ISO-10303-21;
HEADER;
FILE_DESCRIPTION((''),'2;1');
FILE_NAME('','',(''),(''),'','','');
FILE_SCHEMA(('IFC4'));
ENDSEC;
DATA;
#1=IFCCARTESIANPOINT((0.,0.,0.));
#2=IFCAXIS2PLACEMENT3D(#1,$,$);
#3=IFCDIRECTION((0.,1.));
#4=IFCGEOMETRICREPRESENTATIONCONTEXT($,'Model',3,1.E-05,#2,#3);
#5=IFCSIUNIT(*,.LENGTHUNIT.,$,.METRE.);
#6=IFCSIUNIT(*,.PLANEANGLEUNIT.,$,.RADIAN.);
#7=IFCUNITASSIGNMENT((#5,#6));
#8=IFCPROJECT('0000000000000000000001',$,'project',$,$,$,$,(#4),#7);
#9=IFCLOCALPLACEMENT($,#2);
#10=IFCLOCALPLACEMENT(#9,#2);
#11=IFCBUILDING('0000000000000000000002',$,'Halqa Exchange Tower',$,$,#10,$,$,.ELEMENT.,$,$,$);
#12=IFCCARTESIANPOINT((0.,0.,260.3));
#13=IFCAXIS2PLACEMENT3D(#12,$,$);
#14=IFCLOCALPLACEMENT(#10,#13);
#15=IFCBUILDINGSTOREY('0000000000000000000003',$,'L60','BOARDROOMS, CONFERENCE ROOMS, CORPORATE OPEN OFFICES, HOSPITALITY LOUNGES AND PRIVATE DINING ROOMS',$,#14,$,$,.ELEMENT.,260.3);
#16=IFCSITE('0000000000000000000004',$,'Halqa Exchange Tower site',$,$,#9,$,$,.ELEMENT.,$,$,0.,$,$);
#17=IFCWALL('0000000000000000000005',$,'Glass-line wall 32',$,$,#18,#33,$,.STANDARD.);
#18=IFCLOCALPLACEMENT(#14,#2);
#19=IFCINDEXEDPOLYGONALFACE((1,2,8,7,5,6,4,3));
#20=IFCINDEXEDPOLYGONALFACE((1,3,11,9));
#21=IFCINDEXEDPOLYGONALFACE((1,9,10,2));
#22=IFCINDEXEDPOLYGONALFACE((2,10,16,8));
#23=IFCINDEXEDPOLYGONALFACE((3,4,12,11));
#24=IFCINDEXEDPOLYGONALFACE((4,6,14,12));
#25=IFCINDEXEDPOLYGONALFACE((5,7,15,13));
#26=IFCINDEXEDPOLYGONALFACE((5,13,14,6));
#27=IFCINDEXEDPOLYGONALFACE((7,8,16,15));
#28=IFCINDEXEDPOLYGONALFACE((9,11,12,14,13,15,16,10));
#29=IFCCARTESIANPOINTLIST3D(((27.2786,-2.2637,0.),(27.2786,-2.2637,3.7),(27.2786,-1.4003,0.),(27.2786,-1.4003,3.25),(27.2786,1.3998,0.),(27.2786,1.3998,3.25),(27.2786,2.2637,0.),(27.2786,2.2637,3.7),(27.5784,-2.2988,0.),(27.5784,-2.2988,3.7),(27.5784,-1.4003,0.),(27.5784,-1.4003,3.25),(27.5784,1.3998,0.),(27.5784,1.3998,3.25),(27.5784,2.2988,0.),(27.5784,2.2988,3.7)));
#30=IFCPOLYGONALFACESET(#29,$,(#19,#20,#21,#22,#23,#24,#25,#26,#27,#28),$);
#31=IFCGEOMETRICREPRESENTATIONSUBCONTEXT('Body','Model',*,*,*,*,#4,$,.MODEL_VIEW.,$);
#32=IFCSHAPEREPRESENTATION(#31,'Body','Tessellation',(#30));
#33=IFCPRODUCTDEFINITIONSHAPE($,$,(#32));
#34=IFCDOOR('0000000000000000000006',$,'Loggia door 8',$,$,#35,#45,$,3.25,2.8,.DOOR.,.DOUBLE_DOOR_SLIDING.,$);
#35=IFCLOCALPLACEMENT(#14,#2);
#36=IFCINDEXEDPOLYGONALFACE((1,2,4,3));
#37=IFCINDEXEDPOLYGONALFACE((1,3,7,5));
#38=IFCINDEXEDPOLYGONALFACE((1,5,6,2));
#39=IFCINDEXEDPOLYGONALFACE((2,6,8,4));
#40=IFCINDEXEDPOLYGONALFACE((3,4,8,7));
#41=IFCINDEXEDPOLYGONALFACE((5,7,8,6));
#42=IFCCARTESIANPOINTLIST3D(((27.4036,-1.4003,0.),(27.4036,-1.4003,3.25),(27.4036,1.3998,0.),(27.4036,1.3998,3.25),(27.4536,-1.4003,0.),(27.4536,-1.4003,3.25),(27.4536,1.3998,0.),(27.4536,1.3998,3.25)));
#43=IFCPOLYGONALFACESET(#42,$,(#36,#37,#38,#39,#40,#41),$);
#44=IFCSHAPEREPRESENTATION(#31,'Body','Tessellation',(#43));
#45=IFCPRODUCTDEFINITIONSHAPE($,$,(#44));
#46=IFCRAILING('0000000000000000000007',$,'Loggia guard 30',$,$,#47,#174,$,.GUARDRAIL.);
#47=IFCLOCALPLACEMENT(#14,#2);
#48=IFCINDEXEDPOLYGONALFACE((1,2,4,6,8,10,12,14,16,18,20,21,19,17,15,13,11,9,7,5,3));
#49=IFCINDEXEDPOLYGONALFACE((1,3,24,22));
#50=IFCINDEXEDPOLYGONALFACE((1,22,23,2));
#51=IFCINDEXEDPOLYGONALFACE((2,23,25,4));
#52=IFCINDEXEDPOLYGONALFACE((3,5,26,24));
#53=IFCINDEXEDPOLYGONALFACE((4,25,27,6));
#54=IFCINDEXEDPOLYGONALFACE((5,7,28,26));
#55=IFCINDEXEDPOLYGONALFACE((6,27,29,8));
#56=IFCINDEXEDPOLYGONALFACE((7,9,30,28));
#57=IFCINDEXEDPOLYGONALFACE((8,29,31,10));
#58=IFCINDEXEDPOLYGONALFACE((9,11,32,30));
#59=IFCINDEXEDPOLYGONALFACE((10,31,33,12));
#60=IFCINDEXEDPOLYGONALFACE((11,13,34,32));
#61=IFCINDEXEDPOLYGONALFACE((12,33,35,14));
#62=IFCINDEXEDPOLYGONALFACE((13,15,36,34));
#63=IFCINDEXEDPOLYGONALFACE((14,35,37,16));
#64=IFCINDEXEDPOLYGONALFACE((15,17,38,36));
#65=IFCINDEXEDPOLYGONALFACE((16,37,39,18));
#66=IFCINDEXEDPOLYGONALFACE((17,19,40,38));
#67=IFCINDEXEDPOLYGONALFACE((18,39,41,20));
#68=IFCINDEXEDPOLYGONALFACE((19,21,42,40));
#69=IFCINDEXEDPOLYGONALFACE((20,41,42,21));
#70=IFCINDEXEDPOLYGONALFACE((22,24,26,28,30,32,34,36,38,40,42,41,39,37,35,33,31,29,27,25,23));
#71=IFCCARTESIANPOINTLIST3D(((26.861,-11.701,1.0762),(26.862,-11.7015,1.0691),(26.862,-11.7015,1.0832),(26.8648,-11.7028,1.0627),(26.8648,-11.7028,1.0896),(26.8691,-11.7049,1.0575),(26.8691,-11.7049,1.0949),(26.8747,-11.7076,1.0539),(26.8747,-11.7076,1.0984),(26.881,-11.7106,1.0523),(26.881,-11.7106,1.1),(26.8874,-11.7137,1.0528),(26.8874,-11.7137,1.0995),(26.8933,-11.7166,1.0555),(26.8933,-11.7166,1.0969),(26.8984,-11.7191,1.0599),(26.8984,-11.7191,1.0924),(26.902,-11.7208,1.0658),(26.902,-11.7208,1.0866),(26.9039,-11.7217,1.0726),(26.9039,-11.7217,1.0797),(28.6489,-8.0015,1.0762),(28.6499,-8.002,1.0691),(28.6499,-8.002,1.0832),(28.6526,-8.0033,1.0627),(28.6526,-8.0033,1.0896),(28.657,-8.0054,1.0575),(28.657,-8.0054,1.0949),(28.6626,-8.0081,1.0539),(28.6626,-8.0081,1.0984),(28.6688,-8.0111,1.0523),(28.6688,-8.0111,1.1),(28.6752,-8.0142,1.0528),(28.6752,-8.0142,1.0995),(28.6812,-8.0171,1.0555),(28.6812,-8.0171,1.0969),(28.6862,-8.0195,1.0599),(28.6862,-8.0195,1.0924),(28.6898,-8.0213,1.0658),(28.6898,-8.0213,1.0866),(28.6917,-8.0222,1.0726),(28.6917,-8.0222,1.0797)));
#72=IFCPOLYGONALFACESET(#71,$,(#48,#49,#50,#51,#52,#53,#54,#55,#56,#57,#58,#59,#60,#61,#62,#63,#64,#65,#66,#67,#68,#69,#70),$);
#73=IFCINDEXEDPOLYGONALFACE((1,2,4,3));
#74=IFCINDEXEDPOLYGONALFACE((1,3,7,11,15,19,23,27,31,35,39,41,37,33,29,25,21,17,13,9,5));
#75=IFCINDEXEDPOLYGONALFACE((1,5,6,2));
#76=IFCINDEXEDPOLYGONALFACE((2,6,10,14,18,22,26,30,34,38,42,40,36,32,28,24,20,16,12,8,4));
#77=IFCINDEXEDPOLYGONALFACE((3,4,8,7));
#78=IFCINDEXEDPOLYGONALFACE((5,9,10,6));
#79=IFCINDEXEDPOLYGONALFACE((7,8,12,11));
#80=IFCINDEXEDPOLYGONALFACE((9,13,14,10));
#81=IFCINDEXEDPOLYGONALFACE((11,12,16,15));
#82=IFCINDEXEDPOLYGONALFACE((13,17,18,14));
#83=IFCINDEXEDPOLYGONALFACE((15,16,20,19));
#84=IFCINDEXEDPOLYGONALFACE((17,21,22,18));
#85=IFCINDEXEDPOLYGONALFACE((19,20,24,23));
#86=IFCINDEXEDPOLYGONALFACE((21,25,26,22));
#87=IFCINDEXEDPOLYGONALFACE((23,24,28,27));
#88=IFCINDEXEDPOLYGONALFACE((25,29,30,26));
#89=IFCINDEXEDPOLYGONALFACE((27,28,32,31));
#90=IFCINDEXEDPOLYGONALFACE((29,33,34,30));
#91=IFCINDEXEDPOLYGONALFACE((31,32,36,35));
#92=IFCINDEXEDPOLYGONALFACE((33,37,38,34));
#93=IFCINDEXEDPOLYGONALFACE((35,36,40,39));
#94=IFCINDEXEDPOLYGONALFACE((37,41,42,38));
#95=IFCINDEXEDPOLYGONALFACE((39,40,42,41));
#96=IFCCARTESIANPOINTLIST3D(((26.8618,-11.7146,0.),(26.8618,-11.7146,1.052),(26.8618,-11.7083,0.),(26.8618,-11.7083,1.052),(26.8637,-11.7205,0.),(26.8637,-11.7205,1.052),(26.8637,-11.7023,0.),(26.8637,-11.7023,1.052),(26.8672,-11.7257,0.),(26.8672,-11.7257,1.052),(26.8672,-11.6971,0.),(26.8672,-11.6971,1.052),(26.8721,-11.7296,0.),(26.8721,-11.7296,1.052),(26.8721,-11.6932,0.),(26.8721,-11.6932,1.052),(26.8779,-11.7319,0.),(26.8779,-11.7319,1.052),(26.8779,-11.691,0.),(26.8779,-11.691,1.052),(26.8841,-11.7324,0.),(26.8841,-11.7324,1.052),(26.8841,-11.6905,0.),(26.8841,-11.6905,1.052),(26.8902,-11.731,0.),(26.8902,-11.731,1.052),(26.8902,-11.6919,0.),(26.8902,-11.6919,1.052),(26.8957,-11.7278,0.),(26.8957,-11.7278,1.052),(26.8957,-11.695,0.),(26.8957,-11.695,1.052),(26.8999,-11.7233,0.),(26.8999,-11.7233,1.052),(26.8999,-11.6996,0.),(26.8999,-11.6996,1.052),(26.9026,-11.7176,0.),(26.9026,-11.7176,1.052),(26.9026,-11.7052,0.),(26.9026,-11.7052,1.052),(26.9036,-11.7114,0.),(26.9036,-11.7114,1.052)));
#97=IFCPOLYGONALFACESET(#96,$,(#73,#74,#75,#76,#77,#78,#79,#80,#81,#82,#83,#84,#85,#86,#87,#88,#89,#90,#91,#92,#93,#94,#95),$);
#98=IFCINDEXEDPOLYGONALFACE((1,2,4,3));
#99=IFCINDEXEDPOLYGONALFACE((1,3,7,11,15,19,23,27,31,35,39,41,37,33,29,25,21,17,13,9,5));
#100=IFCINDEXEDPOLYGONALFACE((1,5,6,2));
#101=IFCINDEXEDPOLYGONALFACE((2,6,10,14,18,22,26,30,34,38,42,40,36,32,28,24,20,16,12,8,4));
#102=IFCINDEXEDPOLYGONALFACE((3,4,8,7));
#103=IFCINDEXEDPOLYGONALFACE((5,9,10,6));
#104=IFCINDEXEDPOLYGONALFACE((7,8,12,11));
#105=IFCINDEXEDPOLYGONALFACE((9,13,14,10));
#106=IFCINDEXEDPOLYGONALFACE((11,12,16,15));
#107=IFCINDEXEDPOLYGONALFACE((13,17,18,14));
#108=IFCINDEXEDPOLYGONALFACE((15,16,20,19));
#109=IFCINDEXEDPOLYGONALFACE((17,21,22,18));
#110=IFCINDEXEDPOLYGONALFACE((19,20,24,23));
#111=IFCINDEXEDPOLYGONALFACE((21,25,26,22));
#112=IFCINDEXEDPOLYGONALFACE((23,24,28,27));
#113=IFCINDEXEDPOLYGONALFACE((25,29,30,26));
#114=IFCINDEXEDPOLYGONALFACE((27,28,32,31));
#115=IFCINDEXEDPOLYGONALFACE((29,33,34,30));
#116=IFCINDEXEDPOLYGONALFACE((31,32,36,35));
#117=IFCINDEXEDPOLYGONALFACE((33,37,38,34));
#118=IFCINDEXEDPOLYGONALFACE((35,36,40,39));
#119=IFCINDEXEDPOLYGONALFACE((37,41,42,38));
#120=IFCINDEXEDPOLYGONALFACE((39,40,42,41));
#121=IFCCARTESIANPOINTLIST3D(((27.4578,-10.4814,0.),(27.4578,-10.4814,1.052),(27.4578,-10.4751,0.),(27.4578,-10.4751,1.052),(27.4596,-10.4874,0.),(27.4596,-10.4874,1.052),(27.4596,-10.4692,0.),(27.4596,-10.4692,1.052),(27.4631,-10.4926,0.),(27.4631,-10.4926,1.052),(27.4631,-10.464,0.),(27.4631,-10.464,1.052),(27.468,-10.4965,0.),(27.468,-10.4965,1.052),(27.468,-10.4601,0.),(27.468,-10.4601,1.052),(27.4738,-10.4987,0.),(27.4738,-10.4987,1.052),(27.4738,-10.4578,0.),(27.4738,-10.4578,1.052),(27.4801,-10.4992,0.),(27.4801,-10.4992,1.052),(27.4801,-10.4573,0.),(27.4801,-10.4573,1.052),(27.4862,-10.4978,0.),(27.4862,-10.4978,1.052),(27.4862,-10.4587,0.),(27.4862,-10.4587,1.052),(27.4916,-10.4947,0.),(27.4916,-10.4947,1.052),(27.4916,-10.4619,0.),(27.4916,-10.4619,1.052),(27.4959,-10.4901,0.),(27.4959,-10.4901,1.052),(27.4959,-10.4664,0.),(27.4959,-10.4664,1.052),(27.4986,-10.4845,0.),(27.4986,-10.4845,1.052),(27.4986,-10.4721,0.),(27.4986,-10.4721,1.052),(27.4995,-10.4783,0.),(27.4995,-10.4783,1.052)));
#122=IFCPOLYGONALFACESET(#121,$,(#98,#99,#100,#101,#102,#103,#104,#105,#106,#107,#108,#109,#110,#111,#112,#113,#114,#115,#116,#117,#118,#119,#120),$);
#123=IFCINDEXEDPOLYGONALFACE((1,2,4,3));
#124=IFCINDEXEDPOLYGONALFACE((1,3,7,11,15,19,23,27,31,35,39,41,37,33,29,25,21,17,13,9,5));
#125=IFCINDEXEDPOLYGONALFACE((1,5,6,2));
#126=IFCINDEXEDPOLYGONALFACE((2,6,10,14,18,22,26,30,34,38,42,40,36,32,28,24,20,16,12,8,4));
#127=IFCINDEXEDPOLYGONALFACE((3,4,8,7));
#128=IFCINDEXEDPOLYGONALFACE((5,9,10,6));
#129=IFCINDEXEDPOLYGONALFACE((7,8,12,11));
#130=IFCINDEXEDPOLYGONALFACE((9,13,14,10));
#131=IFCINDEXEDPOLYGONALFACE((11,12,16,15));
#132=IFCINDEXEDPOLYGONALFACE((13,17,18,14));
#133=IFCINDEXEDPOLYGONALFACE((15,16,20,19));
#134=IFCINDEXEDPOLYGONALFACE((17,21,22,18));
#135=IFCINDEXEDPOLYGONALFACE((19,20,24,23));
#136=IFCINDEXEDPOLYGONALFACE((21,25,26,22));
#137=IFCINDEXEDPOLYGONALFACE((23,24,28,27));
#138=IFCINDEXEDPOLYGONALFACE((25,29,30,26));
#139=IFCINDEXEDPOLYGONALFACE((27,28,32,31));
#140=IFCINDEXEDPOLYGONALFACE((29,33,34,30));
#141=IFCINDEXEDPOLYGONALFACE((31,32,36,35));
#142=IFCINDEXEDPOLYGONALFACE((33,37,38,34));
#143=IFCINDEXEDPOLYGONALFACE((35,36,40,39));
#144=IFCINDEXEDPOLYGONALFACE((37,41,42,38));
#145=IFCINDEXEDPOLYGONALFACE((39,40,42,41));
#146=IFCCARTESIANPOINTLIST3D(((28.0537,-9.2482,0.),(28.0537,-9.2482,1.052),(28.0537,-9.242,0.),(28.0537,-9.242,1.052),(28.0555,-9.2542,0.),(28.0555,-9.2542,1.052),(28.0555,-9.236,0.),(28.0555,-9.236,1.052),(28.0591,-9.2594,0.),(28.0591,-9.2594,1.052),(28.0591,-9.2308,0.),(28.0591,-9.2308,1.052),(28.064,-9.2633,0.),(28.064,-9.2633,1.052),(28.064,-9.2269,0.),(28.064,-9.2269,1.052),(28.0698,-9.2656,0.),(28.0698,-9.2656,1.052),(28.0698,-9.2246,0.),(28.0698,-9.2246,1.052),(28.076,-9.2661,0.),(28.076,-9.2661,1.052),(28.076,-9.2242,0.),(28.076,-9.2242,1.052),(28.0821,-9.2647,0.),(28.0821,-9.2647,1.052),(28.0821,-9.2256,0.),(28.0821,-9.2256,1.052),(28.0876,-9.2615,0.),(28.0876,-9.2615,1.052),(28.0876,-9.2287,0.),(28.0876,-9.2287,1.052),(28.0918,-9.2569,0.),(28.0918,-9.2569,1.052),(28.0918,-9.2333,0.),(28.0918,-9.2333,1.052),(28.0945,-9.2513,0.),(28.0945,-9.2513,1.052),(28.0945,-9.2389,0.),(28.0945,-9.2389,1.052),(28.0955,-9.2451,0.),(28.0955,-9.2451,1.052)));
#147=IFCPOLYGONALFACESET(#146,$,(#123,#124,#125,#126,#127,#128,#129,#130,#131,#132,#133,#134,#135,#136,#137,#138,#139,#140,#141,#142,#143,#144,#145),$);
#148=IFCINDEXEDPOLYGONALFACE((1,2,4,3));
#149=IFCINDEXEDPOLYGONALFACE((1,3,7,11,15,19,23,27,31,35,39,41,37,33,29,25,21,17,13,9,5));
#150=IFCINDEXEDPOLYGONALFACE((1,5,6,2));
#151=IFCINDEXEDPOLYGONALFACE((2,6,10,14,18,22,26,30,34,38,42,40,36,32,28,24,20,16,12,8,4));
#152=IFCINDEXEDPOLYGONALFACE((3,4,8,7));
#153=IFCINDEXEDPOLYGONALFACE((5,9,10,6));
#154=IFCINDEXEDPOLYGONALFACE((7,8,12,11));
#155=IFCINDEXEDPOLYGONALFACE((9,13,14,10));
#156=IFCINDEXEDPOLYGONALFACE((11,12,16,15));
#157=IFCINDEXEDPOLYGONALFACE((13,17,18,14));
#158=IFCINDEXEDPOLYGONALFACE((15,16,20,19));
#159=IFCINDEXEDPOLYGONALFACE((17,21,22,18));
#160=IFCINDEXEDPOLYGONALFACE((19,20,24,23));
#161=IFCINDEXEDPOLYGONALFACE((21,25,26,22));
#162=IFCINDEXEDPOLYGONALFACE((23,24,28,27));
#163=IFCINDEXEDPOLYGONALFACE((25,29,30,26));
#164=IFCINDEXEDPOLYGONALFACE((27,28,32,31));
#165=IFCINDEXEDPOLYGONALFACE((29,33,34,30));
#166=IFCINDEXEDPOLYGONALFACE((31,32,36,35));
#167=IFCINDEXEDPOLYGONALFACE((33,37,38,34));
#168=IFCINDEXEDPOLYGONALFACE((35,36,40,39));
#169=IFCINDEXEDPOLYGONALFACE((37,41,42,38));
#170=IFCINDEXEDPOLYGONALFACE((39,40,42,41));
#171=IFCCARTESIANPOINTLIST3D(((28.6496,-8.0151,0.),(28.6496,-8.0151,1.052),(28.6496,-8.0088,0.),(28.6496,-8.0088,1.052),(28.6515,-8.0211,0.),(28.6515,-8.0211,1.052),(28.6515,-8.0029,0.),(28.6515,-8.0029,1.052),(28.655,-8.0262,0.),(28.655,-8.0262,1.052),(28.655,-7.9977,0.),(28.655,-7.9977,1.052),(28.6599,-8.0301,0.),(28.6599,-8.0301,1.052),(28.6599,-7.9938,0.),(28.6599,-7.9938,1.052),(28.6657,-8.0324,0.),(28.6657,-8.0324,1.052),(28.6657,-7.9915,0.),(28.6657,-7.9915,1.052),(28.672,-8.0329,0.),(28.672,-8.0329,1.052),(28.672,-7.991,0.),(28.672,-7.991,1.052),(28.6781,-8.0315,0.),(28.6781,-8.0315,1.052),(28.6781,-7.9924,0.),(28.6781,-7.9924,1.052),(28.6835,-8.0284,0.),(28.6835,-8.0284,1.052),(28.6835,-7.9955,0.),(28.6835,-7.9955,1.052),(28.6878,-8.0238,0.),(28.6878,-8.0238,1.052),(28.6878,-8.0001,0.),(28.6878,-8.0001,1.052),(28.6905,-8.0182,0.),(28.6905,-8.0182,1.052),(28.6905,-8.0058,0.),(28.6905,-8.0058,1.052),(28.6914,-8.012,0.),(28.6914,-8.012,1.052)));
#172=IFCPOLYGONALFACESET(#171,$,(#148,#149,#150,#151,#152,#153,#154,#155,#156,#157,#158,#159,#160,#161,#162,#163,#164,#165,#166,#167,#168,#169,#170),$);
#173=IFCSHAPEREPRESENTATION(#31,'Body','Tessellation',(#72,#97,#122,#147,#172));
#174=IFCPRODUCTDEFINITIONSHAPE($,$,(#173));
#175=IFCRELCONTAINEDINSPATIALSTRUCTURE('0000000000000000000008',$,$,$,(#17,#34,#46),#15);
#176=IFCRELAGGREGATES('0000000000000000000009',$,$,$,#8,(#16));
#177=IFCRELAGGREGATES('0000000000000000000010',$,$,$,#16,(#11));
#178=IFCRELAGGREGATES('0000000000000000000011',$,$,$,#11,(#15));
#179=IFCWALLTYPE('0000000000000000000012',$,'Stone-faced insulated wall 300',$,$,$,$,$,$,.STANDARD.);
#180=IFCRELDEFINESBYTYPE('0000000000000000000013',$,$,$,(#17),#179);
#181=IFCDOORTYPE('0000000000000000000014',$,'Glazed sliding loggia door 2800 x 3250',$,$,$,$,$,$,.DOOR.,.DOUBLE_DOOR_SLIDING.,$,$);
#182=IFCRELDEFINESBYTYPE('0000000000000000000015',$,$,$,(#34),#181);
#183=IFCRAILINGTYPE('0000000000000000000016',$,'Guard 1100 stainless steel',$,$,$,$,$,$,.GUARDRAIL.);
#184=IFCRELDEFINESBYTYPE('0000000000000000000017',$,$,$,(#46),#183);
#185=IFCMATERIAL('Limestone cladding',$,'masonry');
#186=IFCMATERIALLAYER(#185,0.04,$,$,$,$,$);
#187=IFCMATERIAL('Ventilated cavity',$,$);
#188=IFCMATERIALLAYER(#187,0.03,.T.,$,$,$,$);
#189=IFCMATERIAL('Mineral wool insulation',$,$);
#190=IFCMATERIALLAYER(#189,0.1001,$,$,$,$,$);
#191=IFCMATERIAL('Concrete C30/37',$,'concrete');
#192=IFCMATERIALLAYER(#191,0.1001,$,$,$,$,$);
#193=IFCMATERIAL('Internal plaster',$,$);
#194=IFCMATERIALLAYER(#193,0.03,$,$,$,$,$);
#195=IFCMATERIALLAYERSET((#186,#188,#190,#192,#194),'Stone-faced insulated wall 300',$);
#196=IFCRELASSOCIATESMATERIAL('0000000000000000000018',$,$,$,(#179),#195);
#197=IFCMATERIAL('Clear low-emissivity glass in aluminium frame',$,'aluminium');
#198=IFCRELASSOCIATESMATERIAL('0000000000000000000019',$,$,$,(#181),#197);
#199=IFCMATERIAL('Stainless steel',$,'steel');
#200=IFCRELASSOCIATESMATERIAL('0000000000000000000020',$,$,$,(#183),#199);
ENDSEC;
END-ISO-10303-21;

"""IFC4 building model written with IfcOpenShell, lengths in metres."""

from ifc_helpers import new_model, si_unit, direction, frame, frame_2d, origin, origin_2d, place, context, subcontext, project, spatial, polyline, rectangle, circle, outline, extrude, material, layer, layer_set, type_object, element, fill, save


model = new_model("IFC4")

# Units and contexts
model_context = context("Model", 3, precision=1e-05, world=origin(), true_north=direction((0.0, 1.0)))
body_context = subcontext(model_context, "Body", "Model", "MODEL_VIEW")
ifc_project = project(units=[si_unit("LENGTHUNIT", "METRE"), si_unit("PLANEANGLEUNIT", "RADIAN")], contexts=[model_context])

# Site, building, storey
site_placement = place(None, origin())
site = spatial("IfcSite", under=ifc_project, at=site_placement, Name="Halqa Exchange Tower site", CompositionType="ELEMENT", RefElevation=0.0)
building_placement = place(site_placement, origin())
building = spatial("IfcBuilding", under=site, at=building_placement, Name="Halqa Exchange Tower", CompositionType="ELEMENT")
storey_placement = place(building_placement, frame((0.0, 0.0, 260.3)))
storey = spatial("IfcBuildingStorey", under=building, at=storey_placement, Name="L60", Description="BOARDROOMS, CONFERENCE ROOMS, CORPORATE OPEN OFFICES, HOSPITALITY LOUNGES AND PRIVATE DINING ROOMS", CompositionType="ELEMENT", Elevation=260.3)

# Shared definitions
ifc_material_1 = material(Name="Limestone cladding", Category="masonry")
ifc_layer_1 = layer(ifc_material_1, 0.04)
ifc_material_2 = material(Name="Ventilated cavity")
ifc_layer_2 = layer(ifc_material_2, 0.03, ventilated=True)
ifc_material_3 = material(Name="Mineral wool insulation")
ifc_layer_3 = layer(ifc_material_3, 0.1001)
ifc_material_4 = material(Name="Concrete C30/37", Category="concrete")
ifc_layer_4 = layer(ifc_material_4, 0.1001)
ifc_material_5 = material(Name="Internal plaster")
ifc_layer_5 = layer(ifc_material_5, 0.03)
ifc_layer_set_1 = layer_set([ifc_layer_1, ifc_layer_2, ifc_layer_3, ifc_layer_4, ifc_layer_5], Name="Stone-faced insulated wall 300")
wall_type_1 = type_object("IfcWallType", Name="Stone-faced insulated wall 300", PredefinedType="STANDARD", material=ifc_layer_set_1)
ifc_material_6 = material(Name="Clear low-emissivity glass in aluminium frame", Category="aluminium")

# Wall, opening, door
wall_1_placement = place(storey_placement, frame((27.4285, -2.2812, 0.0), z_axis=(0.0, 0.0, 1.0), x_axis=(0.0, 1.0, 0.0)))
wall_1 = element("IfcWall", 1, at=wall_1_placement, inside=storey, type_object=wall_type_1, Name="Glass-line wall 32", PredefinedType="STANDARD", context=body_context, shape_type="SweptSolid", body=[
    extrude(outline(polyline([(-0.0176, -0.1499), (4.5801, -0.1499), (4.5449, 0.1499), (0.0176, 0.1499), (-0.0176, -0.1499)])), origin(), (0.0, 0.0, 1.0), 3.7),
])
opening_1_placement = place(wall_1_placement, frame((0.8811, 0.0, 0.0)))
opening_1 = element("IfcOpeningElement", 2, at=opening_1_placement, cuts=wall_1, PredefinedType="OPENING", context=body_context, shape_type="SweptSolid", body=[
    extrude(rectangle(XDim=2.8, YDim=3.25, at=frame_2d((1.3999, 1.625))), frame((0.0, 0.1621, 0.0), z_axis=(0.0, -1.0, 0.0), x_axis=(1.0, 0.0, 0.0)), (0.0, 0.0, 1.0), 0.324),
])
door_type_1 = type_object("IfcDoorType", Name="Glazed sliding loggia door 2800 x 3250", OperationType="DOUBLE_DOOR_SLIDING", PredefinedType="DOOR", material=ifc_material_6)
door_1_placement = place(opening_1_placement, origin())
door_1 = element("IfcDoor", 3, at=door_1_placement, inside=storey, type_object=door_type_1, Name="Loggia door 8", OperationType="DOUBLE_DOOR_SLIDING", OverallHeight=3.25, OverallWidth=2.8, PredefinedType="DOOR", context=body_context, shape_type="SweptSolid", body=[
    extrude(rectangle(XDim=2.8, YDim=3.25, at=frame_2d((1.3999, 1.625))), frame((0.0, 0.0249, 0.0), z_axis=(0.0, -1.0, 0.0), x_axis=(1.0, 0.0, 0.0)), (0.0, 0.0, 1.0), 0.05),
])
fill(opening_1, door_1)

# Railing
ifc_material_7 = material(Name="Stainless steel", Category="steel")
railing_type = type_object("IfcRailingType", Name="Guard 1100 stainless steel", PredefinedType="GUARDRAIL", material=ifc_material_7)
railing_1_placement = place(storey_placement, frame((26.8826, -11.7114, 0.0)))
element("IfcRailing", 4, at=railing_1_placement, inside=storey, type_object=railing_type, Name="Loggia guard 30", PredefinedType="GUARDRAIL", context=body_context, shape_type="SweptSolid", body=[
    extrude(circle(Radius=0.0239, at=origin_2d()), frame((0.0, 0.0, 1.0762), z_axis=(0.435123, 0.900371, 0.0), x_axis=(-0.900371, 0.435123, 0.0)), (0.0, 0.0, 1.0), 4.1089),
    extrude(circle(Radius=0.021, at=origin_2d()), origin(), (0.0, 0.0, 1.0), 1.052),
    extrude(circle(Radius=0.021, at=origin_2d()), frame((0.5959, 1.2332, 0.0)), (0.0, 0.0, 1.0), 1.052),
    extrude(circle(Radius=0.021, at=origin_2d()), frame((1.1919, 2.4663, 0.0)), (0.0, 0.0, 1.0), 1.052),
    extrude(circle(Radius=0.021, at=origin_2d()), frame((1.7878, 3.6995, 0.0)), (0.0, 0.0, 1.0), 1.052),
])

save(model, "model.ifc")
